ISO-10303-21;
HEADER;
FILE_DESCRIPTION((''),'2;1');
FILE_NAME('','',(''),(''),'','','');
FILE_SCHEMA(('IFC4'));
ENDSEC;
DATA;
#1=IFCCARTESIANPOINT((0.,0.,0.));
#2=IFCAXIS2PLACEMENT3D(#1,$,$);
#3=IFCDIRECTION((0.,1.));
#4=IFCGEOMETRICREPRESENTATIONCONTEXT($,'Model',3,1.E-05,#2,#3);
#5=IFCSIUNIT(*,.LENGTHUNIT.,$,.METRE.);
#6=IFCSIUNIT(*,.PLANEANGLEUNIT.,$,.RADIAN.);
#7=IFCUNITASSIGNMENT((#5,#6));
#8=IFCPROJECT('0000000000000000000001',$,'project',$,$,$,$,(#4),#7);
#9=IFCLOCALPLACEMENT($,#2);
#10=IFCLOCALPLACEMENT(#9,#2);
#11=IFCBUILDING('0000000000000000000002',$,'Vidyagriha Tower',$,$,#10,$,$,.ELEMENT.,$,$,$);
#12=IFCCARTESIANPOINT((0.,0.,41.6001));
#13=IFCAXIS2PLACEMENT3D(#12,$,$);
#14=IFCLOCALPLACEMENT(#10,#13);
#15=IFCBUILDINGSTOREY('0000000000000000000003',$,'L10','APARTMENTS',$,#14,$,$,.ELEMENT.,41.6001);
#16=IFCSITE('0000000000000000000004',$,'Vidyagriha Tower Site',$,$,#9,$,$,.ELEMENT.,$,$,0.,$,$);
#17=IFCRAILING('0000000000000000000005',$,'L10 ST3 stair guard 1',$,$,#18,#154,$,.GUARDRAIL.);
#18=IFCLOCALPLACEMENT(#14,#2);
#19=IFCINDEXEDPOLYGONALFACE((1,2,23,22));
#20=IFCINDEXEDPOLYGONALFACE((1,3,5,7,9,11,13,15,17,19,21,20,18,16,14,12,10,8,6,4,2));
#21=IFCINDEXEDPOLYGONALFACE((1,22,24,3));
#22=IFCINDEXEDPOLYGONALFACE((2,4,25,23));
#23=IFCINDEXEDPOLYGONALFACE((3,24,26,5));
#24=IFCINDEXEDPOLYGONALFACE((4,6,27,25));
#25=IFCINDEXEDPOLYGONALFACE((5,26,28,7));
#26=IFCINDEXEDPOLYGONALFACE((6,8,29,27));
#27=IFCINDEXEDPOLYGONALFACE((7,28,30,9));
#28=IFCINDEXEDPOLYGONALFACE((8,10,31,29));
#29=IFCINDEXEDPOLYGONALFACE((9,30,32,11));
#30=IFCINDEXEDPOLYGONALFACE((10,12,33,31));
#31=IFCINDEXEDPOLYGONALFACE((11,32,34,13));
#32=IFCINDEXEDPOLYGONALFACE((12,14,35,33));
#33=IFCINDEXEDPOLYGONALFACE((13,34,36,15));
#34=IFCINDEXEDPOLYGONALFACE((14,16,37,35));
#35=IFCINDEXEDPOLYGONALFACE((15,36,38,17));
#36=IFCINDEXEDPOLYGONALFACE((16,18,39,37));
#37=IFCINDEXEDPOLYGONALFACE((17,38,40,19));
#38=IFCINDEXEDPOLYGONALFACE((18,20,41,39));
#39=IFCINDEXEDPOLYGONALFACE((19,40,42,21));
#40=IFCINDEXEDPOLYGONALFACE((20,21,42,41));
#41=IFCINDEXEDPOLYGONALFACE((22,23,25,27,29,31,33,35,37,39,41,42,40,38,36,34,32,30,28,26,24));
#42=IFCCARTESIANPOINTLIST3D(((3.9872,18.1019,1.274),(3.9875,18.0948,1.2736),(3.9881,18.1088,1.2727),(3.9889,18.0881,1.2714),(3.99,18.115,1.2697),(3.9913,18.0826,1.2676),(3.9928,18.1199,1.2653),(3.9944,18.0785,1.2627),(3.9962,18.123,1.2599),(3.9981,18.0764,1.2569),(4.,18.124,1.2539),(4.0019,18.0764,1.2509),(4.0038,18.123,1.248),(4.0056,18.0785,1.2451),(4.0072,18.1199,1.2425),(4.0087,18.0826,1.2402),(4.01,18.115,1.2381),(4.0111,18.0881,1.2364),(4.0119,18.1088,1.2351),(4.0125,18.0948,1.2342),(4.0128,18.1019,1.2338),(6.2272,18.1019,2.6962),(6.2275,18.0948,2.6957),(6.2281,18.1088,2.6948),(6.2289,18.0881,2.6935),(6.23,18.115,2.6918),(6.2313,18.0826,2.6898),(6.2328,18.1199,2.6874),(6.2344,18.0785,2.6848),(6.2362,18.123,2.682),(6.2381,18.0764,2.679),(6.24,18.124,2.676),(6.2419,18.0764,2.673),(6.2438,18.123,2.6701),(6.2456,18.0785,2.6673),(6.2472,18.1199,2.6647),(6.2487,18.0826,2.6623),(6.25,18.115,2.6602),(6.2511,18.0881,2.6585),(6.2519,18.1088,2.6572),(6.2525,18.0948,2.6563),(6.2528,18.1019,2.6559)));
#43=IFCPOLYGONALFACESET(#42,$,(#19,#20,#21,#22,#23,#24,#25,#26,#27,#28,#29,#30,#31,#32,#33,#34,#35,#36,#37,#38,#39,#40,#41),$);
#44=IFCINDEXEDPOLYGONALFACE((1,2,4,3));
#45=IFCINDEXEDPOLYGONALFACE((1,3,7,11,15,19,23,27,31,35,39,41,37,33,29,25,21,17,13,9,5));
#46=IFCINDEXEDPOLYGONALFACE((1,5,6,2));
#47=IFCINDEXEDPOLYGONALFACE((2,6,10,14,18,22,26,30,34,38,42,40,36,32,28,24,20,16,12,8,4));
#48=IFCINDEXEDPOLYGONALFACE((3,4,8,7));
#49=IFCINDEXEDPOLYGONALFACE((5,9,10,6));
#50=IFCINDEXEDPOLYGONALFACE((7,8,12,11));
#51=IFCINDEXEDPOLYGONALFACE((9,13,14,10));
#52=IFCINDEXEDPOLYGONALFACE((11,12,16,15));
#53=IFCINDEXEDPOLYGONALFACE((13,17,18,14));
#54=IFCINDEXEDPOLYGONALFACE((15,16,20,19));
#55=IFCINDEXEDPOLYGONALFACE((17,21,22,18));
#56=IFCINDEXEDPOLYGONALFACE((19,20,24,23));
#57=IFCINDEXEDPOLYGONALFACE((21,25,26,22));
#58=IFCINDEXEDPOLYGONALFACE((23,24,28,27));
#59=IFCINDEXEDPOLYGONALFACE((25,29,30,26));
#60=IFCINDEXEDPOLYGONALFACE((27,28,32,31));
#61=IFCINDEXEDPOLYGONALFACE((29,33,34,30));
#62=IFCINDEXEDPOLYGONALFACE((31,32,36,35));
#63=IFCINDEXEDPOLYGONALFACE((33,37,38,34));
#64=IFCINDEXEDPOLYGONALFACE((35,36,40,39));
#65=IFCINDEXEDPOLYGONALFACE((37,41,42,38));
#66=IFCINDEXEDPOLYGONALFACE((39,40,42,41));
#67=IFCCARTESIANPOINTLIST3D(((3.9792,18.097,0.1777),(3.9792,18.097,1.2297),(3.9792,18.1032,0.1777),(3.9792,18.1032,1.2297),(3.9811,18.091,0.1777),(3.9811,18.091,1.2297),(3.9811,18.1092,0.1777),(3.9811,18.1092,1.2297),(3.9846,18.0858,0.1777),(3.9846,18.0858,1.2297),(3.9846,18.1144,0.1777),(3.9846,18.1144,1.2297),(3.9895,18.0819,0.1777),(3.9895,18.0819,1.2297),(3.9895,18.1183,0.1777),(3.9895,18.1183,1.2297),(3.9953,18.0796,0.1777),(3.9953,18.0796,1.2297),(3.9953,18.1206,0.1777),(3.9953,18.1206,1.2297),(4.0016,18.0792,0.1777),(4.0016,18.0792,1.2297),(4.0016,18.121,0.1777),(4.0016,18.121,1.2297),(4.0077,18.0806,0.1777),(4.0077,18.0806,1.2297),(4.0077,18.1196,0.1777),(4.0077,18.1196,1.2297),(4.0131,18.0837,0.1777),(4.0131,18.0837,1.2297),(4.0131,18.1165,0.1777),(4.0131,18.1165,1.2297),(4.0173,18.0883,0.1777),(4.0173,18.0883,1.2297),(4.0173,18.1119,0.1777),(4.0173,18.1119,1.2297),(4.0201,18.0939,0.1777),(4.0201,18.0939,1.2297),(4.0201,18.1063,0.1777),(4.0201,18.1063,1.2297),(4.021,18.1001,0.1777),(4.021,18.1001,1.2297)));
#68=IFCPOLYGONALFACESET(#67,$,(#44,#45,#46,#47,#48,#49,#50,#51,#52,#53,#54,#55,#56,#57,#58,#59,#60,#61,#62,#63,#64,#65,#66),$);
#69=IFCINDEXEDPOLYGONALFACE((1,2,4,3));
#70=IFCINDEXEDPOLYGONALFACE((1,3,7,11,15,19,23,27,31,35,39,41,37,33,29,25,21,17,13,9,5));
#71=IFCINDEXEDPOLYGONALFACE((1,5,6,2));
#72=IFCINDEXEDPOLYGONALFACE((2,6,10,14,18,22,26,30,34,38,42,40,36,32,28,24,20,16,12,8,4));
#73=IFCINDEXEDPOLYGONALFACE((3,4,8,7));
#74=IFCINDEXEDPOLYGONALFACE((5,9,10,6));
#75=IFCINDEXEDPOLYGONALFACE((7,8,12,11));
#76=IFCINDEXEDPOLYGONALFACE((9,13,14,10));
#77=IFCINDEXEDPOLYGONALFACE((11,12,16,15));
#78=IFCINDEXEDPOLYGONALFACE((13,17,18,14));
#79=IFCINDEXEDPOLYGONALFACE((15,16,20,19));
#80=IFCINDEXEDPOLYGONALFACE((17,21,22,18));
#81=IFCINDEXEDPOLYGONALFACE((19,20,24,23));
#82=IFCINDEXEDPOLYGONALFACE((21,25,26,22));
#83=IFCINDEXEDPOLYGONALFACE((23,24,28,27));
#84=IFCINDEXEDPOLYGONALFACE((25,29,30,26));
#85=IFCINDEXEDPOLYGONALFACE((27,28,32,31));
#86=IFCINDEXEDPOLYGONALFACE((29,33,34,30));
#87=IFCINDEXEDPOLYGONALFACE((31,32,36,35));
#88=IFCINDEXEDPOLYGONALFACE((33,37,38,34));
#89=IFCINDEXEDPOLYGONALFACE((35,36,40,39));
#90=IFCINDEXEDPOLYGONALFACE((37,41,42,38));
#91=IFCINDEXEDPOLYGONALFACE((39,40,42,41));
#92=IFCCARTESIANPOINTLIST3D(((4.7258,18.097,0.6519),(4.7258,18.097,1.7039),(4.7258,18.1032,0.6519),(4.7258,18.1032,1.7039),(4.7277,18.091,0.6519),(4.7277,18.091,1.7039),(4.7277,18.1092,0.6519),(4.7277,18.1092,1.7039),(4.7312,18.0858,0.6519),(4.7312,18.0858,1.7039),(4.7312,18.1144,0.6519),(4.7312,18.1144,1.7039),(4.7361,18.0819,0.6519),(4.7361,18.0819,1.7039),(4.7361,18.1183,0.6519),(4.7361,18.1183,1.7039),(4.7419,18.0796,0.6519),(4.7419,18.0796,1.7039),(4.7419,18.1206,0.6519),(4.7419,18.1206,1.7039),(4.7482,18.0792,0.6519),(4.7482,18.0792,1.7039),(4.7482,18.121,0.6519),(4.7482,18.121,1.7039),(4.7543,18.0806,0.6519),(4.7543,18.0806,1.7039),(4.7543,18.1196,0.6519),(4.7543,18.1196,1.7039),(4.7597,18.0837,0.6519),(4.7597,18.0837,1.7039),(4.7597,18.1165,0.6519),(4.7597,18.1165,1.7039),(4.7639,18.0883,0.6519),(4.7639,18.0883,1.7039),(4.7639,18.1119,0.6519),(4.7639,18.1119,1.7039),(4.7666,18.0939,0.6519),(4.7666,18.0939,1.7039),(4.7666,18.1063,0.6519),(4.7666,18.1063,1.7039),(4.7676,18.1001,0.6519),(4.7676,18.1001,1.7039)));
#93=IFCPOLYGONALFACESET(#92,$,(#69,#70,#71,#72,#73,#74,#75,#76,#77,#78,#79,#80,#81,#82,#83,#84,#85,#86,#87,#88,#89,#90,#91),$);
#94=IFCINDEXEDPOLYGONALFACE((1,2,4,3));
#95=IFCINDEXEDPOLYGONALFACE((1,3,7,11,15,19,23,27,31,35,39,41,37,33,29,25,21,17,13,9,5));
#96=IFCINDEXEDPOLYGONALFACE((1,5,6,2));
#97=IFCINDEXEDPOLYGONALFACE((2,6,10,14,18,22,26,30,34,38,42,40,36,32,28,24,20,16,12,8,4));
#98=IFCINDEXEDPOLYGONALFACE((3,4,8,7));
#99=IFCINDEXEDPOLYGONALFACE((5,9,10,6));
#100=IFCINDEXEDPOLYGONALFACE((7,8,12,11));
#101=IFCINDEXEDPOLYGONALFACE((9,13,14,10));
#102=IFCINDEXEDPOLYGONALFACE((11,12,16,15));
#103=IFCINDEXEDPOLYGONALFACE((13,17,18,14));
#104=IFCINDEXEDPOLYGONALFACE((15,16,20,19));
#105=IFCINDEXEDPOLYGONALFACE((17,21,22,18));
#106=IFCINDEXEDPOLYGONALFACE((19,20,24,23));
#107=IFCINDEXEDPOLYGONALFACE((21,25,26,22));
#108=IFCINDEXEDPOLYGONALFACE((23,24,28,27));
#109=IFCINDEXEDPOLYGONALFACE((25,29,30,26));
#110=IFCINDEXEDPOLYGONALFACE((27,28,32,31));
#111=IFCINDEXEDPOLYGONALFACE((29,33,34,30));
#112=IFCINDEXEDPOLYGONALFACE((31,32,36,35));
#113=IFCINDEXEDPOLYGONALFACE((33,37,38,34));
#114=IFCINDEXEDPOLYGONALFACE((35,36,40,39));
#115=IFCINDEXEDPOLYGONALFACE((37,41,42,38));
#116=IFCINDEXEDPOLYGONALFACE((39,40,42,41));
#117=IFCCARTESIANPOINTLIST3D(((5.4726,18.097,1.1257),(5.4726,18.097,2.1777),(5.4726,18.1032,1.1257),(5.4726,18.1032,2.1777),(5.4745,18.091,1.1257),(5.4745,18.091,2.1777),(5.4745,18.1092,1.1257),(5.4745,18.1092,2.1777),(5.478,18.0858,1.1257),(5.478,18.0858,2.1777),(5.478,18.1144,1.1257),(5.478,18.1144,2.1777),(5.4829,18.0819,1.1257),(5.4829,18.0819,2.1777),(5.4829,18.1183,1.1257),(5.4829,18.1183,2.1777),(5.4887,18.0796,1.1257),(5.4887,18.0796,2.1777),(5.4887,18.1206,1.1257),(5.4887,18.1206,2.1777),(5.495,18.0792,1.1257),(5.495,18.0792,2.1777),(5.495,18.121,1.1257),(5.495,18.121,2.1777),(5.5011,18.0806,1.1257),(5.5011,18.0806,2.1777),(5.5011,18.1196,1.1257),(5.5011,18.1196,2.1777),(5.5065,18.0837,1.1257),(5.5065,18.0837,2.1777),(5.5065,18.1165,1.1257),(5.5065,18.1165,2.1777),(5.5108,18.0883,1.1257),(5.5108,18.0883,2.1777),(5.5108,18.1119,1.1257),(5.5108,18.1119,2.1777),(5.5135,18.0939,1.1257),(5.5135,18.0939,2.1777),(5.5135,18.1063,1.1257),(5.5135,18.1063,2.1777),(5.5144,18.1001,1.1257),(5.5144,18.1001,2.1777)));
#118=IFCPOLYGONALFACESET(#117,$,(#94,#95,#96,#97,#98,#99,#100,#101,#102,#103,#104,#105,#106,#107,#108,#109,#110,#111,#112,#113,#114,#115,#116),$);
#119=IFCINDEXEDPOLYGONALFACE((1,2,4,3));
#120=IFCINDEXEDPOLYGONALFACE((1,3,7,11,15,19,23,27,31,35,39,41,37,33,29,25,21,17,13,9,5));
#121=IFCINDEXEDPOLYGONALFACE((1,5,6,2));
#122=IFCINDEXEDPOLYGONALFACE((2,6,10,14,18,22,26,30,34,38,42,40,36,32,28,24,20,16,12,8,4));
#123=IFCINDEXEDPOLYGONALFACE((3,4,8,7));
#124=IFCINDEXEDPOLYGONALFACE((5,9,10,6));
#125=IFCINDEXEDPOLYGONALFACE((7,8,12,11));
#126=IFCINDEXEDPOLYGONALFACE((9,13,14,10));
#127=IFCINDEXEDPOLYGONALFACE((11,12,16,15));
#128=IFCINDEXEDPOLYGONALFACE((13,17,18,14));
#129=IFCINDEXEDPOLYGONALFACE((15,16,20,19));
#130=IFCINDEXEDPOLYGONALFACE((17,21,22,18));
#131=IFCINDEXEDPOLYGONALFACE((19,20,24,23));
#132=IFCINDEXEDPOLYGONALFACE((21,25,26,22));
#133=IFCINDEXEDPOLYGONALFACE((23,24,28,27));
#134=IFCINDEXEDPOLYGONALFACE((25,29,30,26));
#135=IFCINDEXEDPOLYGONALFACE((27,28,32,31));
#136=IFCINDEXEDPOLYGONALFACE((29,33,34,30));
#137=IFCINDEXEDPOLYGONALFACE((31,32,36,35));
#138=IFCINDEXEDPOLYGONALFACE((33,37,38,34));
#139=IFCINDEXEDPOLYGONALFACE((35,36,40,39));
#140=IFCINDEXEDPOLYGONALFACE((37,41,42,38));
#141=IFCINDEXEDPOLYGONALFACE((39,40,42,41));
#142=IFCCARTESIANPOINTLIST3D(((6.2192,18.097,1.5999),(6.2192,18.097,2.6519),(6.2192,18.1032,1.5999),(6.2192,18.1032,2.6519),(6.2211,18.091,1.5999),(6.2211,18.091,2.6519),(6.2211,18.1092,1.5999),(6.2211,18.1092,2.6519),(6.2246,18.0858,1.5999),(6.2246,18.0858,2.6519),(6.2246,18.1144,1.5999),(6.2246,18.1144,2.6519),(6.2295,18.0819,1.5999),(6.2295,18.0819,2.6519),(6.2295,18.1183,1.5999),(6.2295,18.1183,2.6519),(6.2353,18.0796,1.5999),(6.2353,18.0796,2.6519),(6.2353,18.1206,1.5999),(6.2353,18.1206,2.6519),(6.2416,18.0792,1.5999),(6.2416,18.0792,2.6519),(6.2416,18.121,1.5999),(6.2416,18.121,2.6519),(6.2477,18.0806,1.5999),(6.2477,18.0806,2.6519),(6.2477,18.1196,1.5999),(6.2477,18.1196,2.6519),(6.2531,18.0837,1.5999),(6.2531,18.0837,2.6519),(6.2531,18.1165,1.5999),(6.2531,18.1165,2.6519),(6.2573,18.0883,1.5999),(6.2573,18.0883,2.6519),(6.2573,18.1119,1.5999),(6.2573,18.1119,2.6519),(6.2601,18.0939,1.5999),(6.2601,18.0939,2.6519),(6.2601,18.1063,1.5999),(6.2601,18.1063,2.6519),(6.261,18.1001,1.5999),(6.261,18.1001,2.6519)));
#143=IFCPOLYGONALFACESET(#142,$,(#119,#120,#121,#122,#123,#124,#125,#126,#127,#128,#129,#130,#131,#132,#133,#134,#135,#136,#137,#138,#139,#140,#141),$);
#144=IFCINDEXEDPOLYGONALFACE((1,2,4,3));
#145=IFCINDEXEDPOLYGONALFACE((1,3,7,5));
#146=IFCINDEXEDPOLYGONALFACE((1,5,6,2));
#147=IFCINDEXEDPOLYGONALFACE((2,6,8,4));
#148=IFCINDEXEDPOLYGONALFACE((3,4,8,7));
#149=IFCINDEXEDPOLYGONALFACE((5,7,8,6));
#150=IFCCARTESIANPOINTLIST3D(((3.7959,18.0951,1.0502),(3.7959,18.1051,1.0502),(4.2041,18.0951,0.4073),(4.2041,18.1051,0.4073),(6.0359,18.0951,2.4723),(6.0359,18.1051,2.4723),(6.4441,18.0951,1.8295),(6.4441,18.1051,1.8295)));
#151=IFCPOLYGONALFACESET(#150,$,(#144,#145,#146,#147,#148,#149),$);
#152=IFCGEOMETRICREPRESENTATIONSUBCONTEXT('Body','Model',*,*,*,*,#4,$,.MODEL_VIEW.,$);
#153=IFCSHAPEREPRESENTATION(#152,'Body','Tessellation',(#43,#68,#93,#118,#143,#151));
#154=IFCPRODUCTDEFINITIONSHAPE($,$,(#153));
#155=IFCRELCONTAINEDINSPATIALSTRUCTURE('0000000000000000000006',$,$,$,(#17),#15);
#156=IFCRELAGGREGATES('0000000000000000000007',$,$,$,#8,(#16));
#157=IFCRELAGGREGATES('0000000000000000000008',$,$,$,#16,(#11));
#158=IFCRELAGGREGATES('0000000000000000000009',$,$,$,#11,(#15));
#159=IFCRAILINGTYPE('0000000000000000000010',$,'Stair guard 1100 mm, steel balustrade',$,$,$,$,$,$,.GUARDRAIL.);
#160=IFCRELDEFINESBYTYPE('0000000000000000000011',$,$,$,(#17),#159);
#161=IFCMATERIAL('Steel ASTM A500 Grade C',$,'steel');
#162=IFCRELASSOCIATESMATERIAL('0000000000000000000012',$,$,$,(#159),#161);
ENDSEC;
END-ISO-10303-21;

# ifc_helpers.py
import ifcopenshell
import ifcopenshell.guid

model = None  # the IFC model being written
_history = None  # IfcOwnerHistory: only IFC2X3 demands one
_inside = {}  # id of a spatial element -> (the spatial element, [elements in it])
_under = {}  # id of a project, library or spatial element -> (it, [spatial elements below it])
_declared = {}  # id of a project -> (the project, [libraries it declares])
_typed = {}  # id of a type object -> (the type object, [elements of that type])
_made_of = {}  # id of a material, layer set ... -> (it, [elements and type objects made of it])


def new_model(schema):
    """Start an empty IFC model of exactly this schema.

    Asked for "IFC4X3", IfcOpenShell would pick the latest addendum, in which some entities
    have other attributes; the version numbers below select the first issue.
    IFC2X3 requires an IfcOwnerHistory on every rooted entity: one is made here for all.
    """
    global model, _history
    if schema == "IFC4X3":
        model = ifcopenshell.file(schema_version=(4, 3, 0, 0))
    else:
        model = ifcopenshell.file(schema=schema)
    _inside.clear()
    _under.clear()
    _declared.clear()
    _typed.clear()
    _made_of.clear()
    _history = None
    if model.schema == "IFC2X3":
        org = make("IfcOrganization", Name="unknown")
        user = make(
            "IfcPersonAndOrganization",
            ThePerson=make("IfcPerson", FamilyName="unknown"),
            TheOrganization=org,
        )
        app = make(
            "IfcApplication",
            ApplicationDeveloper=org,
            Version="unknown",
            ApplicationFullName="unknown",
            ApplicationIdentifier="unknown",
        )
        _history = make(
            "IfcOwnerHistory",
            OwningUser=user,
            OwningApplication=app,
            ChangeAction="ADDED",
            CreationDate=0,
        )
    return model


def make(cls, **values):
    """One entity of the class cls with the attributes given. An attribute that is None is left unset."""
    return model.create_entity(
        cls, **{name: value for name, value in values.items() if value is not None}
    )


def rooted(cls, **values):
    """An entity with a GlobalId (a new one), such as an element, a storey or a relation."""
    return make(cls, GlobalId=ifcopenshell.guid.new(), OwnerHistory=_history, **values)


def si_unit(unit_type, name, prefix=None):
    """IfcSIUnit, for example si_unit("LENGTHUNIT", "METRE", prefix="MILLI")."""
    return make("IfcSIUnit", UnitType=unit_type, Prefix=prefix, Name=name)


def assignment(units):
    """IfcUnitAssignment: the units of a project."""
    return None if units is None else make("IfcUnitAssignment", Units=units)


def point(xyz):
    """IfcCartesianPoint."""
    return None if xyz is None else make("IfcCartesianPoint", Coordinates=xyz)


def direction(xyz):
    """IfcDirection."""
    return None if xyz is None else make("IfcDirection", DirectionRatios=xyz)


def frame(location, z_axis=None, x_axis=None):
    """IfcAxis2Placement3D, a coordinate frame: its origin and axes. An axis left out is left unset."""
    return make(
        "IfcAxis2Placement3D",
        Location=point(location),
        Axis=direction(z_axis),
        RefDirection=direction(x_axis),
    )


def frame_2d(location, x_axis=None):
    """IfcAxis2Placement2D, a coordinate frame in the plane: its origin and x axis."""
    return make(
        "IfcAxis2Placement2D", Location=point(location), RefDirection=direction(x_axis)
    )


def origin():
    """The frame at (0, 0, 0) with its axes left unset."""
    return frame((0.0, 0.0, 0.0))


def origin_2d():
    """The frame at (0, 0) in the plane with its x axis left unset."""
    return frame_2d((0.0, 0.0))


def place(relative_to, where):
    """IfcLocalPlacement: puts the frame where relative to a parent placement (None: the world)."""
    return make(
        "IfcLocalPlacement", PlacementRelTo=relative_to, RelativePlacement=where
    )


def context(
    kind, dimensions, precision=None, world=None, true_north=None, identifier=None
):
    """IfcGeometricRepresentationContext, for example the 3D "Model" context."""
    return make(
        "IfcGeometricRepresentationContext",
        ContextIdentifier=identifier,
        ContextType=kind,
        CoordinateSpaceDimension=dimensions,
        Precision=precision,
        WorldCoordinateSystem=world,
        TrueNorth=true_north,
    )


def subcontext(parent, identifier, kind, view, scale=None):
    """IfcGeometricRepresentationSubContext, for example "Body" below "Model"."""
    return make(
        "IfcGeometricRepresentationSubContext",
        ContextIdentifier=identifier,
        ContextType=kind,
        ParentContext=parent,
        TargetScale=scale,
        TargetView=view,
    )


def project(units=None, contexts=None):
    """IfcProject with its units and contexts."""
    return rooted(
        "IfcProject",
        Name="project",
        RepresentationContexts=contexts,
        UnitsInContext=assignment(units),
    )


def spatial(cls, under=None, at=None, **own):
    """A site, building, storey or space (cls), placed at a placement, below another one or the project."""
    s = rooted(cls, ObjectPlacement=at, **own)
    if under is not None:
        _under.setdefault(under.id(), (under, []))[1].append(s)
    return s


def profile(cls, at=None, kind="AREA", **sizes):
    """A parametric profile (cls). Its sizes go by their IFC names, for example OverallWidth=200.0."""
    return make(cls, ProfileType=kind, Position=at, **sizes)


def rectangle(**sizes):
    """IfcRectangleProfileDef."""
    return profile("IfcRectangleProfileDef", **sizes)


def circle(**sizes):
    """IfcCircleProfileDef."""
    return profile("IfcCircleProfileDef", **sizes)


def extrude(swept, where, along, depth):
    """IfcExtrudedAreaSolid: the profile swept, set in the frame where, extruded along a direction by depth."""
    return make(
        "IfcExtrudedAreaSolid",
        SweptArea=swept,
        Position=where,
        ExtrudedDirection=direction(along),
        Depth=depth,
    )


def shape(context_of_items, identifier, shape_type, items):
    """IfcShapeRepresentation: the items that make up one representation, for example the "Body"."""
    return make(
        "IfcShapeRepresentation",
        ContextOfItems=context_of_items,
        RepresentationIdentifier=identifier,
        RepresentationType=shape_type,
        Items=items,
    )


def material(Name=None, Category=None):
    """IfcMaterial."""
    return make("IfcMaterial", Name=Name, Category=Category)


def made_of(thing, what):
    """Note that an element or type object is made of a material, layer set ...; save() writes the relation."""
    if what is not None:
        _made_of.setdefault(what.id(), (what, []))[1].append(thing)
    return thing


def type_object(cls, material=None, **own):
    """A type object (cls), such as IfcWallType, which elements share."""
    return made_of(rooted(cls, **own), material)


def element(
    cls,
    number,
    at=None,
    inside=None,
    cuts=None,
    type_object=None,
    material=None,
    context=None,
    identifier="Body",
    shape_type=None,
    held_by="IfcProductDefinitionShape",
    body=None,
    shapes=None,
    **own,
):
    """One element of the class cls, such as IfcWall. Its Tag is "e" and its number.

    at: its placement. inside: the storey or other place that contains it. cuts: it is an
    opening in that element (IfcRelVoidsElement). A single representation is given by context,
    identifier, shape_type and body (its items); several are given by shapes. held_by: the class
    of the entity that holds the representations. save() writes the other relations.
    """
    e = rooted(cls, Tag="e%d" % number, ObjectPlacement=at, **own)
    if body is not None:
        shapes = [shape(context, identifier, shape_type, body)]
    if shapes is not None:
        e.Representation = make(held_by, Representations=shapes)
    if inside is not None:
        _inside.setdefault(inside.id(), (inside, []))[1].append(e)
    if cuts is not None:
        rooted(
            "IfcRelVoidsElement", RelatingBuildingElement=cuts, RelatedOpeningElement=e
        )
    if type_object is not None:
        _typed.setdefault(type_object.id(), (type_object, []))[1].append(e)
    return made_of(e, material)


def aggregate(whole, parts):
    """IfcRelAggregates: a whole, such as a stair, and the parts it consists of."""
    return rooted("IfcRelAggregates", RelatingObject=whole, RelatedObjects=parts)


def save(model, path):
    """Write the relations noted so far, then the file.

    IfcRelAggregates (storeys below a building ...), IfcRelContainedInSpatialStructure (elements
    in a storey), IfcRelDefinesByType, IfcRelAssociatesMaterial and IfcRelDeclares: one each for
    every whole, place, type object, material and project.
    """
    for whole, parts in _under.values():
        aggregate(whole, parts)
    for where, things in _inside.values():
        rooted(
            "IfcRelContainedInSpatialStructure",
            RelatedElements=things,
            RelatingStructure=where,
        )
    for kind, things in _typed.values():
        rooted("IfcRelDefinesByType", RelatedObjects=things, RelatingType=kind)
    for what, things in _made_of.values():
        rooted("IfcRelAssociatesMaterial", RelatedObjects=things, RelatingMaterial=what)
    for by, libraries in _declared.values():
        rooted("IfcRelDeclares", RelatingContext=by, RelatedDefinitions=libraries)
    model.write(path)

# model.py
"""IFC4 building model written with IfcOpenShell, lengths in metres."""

from ifc_helpers import new_model, si_unit, direction, frame, origin, origin_2d, place, context, subcontext, project, spatial, rectangle, circle, extrude, material, type_object, element, save


model = new_model("IFC4")

# Units and contexts
model_context = context("Model", 3, precision=1e-05, world=origin(), true_north=direction((0.0, 1.0)))
body_context = subcontext(model_context, "Body", "Model", "MODEL_VIEW")
ifc_project = project(units=[si_unit("LENGTHUNIT", "METRE"), si_unit("PLANEANGLEUNIT", "RADIAN")], contexts=[model_context])

# Site, building, storey
site_placement = place(None, origin())
site = spatial("IfcSite", under=ifc_project, at=site_placement, Name="Vidyagriha Tower Site", CompositionType="ELEMENT", RefElevation=0.0)
building_placement = place(site_placement, origin())
building = spatial("IfcBuilding", under=site, at=building_placement, Name="Vidyagriha Tower", CompositionType="ELEMENT")
storey_placement = place(building_placement, frame((0.0, 0.0, 41.6001)))
storey = spatial("IfcBuildingStorey", under=building, at=storey_placement, Name="L10", Description="APARTMENTS", CompositionType="ELEMENT", Elevation=41.6001)

# Railing
ifc_material_1 = material(Name="Steel ASTM A500 Grade C", Category="steel")
railing_type_1 = type_object("IfcRailingType", Name="Stair guard 1100 mm, steel balustrade", PredefinedType="GUARDRAIL", material=ifc_material_1)
railing_1_placement = place(storey_placement, frame((4.0, 18.1001, 0.1777)))
element("IfcRailing", 1, at=railing_1_placement, inside=storey, type_object=railing_type_1, Name="L10 ST3 stair guard 1", PredefinedType="GUARDRAIL", context=body_context, shape_type="SweptSolid", body=[
    extrude(circle(Radius=0.0239, at=origin_2d()), frame((0.0, 0.0, 1.0762), z_axis=(0.844229, 0.0, 0.535982), x_axis=(0.0, 1.0, 0.0)), (0.0, 0.0, 1.0), 2.6533),
    extrude(circle(Radius=0.021, at=origin_2d()), origin(), (0.0, 0.0, 1.0), 1.052),
    extrude(circle(Radius=0.021, at=origin_2d()), frame((0.7466, 0.0, 0.4741)), (0.0, 0.0, 1.0), 1.052),
    extrude(circle(Radius=0.021, at=origin_2d()), frame((1.4934, 0.0, 0.948)), (0.0, 0.0, 1.0), 1.052),
    extrude(circle(Radius=0.021, at=origin_2d()), frame((2.24, 0.0, 1.4221)), (0.0, 0.0, 1.0), 1.052),
    extrude(rectangle(XDim=0.01, YDim=0.7615, at=origin_2d()), frame((0.0, 0.0, 0.551), z_axis=(0.844229, 0.0, 0.535982), x_axis=(0.0, 1.0, 0.0)), (0.0, 0.0, 1.0), 2.6533),
])

save(model, "model.ifc")
